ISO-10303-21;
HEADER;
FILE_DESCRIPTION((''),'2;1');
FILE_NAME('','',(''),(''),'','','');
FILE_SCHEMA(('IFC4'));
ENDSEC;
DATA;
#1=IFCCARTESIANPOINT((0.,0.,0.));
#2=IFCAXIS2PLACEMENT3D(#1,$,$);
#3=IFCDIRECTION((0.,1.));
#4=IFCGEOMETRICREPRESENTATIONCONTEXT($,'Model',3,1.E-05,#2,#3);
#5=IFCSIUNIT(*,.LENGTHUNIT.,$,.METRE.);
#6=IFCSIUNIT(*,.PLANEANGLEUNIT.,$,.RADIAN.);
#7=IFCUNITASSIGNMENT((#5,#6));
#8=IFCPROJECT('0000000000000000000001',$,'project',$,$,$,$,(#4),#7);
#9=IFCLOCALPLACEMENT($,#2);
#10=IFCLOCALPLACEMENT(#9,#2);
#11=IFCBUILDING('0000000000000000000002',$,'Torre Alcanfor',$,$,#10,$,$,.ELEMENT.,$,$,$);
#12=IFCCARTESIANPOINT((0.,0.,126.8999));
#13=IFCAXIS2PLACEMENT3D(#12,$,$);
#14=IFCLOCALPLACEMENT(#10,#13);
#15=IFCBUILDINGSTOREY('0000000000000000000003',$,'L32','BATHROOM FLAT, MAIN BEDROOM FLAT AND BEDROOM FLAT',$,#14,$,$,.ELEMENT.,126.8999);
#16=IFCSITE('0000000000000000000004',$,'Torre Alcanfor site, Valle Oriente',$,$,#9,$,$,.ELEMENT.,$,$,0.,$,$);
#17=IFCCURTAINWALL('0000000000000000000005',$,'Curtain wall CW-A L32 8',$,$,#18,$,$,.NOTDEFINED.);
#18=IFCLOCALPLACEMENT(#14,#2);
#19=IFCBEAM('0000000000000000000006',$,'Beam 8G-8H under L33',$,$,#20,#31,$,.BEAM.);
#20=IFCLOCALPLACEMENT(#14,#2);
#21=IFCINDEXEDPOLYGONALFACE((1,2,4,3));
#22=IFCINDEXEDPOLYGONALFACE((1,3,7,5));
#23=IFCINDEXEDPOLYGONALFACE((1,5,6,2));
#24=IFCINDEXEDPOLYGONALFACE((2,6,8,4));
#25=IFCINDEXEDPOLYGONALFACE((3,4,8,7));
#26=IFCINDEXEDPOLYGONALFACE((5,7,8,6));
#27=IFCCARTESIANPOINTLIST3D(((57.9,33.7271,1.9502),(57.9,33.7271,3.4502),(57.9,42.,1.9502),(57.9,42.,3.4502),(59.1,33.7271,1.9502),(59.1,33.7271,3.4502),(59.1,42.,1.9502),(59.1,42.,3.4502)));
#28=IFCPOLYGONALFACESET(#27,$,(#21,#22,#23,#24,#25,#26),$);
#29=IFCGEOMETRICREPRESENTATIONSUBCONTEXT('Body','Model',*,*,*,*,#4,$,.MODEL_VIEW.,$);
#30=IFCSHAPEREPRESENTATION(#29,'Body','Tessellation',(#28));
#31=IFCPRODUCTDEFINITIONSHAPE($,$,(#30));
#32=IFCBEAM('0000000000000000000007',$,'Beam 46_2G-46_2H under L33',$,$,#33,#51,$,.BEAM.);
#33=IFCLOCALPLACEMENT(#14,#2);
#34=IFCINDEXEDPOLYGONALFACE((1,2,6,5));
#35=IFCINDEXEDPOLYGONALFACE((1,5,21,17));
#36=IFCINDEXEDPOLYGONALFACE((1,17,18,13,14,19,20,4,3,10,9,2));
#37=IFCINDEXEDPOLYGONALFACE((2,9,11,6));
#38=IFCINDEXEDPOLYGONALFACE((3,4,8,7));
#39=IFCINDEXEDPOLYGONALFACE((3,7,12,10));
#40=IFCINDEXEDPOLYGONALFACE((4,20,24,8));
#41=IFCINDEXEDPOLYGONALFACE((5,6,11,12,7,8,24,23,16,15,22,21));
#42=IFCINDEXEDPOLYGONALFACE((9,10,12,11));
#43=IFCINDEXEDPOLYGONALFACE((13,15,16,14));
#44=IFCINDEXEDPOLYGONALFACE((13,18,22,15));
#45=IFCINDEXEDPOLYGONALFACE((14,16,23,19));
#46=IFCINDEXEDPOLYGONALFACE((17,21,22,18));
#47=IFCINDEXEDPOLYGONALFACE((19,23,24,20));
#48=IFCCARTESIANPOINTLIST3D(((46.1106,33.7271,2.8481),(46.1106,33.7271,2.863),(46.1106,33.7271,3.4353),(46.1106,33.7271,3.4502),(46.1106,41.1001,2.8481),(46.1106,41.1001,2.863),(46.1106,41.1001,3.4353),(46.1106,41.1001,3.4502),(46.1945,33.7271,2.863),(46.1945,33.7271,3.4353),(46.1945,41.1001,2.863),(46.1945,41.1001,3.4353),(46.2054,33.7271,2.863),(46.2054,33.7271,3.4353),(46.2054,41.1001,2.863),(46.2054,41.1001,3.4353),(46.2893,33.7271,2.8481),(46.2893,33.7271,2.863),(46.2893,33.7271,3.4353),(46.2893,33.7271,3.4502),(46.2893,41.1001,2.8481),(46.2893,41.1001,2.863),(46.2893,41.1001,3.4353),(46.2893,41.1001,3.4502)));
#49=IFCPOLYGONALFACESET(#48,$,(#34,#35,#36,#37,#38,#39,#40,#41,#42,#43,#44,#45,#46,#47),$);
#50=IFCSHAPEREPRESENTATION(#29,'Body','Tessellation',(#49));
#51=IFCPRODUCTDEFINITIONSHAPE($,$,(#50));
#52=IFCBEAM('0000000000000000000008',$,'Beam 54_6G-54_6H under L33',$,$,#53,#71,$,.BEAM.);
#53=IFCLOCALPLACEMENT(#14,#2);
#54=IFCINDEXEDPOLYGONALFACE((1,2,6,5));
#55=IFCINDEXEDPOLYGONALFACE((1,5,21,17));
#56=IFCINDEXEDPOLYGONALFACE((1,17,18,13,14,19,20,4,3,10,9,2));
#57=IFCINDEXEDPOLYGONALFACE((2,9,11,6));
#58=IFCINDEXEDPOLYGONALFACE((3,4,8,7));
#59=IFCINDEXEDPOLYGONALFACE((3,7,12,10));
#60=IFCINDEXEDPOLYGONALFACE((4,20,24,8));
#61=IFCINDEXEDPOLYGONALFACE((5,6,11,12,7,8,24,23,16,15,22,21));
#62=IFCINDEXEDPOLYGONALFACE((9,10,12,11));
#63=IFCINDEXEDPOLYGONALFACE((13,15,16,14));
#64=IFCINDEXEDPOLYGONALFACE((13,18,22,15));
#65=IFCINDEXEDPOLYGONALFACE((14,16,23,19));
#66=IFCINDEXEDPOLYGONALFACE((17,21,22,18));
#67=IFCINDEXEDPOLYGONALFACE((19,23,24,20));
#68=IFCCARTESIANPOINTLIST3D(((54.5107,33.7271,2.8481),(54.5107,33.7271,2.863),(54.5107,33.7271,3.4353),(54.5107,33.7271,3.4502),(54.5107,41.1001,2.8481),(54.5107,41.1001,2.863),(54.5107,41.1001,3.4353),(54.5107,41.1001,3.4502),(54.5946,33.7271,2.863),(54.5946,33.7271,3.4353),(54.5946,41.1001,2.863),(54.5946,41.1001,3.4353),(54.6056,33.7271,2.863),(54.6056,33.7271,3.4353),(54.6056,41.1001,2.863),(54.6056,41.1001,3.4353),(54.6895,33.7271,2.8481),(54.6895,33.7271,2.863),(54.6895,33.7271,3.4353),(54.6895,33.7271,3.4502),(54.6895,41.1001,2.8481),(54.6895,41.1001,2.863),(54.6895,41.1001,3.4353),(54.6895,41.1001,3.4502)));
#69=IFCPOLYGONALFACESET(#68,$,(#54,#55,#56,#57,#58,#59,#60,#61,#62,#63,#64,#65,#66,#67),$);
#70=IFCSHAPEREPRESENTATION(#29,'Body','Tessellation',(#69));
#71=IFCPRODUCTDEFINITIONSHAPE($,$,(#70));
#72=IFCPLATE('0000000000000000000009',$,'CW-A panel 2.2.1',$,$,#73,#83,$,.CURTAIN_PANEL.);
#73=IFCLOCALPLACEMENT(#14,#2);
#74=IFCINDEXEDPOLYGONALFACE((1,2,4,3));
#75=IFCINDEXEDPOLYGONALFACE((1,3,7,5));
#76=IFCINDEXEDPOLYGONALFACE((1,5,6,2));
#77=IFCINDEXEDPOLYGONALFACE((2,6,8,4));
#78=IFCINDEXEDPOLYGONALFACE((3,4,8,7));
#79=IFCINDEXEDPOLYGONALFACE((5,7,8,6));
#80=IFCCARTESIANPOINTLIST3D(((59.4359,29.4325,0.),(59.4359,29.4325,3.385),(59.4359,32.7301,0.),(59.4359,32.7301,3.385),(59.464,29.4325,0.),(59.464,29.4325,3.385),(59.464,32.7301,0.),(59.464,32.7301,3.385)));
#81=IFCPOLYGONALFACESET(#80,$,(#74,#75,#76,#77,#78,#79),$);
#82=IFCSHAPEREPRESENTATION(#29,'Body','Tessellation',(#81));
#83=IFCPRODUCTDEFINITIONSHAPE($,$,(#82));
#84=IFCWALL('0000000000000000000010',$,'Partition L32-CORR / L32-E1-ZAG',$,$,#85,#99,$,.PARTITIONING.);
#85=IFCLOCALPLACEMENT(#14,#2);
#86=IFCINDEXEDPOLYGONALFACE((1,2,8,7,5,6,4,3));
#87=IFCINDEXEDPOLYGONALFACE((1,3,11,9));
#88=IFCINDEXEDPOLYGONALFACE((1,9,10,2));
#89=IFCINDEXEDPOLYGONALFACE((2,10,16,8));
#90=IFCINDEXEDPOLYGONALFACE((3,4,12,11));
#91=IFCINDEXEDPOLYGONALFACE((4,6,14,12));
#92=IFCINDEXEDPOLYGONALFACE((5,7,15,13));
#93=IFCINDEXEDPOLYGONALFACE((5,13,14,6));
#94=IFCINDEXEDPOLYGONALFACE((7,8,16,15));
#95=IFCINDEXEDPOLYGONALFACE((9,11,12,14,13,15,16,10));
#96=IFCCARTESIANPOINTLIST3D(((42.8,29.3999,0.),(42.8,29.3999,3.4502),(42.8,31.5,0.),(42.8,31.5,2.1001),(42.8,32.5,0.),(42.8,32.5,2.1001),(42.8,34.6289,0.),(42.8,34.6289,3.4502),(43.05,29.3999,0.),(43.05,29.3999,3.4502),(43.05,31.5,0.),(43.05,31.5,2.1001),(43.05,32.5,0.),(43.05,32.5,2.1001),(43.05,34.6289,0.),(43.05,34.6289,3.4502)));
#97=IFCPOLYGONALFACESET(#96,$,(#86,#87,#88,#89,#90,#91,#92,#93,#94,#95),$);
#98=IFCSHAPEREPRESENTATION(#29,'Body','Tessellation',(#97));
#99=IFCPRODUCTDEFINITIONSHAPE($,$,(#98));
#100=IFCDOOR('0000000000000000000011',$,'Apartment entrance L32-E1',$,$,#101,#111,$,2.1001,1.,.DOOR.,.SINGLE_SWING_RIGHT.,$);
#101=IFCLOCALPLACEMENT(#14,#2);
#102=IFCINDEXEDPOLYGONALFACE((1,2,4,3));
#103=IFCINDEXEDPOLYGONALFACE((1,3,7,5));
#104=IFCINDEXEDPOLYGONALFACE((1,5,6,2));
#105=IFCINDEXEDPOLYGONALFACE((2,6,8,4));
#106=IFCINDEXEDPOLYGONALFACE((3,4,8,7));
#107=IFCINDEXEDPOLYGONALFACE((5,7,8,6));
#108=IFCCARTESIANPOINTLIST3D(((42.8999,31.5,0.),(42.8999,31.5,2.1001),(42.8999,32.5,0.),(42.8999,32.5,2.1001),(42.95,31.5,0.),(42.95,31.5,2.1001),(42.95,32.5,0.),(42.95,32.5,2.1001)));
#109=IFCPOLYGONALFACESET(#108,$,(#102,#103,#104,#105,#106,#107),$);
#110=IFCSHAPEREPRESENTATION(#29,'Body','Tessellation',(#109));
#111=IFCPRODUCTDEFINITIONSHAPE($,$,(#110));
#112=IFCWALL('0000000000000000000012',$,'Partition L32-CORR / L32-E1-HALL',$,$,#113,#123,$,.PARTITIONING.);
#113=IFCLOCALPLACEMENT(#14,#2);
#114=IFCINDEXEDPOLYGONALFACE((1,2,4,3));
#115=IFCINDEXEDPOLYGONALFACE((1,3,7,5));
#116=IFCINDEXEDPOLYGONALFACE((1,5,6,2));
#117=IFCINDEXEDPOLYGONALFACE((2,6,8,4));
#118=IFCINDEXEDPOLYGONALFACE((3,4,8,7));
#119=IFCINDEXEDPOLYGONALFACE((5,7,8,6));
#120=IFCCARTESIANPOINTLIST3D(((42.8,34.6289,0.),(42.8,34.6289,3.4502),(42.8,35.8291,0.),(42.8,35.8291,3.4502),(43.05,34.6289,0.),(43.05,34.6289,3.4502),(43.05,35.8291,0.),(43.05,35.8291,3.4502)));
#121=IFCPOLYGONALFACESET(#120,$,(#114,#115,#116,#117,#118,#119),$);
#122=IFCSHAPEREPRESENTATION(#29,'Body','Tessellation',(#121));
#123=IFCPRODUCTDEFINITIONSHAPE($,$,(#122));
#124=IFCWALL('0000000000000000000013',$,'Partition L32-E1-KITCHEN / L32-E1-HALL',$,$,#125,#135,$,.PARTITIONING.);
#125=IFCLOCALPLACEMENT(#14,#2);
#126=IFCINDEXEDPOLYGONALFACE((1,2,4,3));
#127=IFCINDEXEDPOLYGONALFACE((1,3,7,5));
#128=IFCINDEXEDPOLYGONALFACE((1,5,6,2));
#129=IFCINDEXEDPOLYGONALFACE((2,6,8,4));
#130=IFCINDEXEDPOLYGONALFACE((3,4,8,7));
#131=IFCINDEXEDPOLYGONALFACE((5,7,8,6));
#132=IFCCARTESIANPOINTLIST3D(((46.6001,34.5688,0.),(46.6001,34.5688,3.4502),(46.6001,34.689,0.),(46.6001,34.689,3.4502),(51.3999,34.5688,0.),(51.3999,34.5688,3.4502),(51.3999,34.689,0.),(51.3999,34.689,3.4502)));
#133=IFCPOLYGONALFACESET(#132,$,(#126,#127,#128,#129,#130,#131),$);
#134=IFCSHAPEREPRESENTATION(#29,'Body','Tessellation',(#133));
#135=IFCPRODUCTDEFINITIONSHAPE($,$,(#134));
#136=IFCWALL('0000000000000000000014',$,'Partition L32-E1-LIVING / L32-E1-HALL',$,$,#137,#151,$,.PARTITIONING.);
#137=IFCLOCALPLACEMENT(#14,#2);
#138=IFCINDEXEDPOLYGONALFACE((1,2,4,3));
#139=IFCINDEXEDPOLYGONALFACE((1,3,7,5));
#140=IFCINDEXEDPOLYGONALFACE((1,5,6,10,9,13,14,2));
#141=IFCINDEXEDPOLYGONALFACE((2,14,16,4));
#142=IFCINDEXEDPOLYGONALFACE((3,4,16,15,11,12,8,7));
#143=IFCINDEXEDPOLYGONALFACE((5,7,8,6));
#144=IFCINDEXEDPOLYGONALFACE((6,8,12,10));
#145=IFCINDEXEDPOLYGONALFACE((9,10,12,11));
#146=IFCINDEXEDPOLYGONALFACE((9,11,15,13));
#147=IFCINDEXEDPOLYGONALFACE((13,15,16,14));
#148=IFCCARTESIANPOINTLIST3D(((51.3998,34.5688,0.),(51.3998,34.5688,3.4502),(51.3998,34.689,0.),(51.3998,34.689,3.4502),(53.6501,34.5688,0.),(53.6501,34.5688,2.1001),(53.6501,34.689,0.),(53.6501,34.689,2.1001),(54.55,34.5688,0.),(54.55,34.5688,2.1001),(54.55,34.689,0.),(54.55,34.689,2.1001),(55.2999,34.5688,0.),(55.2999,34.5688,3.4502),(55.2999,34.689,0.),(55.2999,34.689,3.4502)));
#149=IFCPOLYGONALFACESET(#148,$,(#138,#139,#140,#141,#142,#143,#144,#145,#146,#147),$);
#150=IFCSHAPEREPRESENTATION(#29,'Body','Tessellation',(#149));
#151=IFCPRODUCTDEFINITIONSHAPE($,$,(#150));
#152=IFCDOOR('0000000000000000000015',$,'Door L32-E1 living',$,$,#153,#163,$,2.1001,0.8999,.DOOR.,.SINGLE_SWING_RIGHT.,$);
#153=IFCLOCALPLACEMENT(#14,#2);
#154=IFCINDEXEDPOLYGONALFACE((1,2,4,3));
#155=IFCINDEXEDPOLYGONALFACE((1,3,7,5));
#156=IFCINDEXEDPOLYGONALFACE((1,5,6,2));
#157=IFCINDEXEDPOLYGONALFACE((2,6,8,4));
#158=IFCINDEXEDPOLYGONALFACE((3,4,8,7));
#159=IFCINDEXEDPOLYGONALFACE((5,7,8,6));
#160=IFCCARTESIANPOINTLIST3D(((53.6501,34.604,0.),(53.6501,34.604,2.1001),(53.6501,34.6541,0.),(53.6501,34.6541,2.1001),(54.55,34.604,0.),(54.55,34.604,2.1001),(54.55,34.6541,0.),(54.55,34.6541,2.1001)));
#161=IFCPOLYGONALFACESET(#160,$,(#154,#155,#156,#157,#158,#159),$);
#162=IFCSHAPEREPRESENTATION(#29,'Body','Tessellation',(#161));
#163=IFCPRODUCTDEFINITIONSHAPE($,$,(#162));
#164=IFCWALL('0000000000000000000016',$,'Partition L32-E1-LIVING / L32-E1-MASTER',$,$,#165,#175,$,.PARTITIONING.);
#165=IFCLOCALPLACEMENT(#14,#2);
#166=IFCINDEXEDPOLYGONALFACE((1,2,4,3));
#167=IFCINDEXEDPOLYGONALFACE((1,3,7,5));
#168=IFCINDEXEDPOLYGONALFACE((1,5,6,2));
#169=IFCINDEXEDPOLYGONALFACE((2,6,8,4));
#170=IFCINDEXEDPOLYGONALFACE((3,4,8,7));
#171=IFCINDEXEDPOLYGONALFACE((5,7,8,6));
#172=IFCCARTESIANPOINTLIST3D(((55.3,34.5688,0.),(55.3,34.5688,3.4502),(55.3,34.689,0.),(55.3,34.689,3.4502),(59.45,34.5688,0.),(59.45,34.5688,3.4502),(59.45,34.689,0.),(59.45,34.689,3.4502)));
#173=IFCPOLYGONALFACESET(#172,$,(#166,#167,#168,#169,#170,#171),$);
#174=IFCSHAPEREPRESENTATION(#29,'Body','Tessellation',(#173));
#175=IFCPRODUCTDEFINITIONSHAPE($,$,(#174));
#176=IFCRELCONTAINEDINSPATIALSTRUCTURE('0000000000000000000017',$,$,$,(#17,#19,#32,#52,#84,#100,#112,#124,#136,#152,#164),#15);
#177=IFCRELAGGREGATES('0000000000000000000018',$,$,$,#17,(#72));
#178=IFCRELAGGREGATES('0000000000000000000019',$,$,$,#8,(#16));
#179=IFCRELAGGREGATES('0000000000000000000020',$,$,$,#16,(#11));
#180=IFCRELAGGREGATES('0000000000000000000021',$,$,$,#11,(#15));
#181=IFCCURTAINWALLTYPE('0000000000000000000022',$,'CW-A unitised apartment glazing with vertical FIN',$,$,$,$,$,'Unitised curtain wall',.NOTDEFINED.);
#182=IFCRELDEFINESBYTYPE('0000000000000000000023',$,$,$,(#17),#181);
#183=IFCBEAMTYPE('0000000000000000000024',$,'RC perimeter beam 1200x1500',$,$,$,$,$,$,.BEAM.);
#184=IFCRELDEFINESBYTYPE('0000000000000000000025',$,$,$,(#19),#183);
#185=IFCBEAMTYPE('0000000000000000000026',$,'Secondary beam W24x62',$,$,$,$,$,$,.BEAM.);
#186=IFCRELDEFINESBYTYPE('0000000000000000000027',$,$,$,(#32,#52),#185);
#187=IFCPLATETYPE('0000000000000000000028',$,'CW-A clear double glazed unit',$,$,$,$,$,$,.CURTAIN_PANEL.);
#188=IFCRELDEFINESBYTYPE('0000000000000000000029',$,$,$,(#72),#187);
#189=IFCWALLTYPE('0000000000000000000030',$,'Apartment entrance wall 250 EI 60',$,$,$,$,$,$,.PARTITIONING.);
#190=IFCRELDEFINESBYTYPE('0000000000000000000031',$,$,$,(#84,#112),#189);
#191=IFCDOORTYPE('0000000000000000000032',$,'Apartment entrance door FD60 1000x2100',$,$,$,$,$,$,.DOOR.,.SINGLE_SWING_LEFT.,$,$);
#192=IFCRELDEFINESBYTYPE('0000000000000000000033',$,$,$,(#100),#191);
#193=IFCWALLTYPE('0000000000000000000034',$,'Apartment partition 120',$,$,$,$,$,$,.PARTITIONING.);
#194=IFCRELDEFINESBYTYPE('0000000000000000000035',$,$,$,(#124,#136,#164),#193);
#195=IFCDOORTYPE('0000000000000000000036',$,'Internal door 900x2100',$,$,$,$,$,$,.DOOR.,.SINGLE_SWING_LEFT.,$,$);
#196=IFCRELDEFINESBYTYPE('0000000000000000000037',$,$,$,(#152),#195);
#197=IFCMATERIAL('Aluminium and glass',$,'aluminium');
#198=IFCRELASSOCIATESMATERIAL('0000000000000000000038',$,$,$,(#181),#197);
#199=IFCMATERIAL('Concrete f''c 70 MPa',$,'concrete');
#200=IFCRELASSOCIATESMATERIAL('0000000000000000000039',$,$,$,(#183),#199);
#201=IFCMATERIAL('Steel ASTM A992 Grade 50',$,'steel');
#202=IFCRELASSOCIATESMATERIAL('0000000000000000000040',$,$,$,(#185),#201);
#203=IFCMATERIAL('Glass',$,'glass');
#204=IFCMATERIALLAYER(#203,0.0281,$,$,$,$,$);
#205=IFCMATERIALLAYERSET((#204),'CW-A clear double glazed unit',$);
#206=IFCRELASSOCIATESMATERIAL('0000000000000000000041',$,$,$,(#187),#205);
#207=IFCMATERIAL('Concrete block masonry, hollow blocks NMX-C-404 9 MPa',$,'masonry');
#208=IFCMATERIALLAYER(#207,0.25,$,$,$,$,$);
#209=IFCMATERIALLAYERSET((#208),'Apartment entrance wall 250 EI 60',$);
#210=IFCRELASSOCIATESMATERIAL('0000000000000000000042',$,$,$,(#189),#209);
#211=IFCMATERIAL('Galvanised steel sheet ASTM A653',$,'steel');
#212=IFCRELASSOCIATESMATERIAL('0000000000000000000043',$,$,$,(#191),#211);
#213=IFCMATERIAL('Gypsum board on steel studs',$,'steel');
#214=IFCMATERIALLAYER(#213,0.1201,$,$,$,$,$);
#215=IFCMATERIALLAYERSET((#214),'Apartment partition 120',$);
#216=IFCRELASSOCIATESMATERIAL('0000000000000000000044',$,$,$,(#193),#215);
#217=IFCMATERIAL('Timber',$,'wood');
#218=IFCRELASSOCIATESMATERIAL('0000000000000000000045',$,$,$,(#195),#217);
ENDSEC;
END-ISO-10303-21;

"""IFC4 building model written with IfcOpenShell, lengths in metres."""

from ifc_helpers import new_model, si_unit, direction, frame, frame_2d, origin, origin_2d, place, context, subcontext, project, spatial, rectangle, i_section, extrude, material, layer, layer_set, material_profile, profile_set, type_object, element, fill, aggregate, save


model = new_model("IFC4")

# Units and contexts
model_context = context("Model", 3, precision=1e-05, world=origin(), true_north=direction((0.0, 1.0)))
body_context = subcontext(model_context, "Body", "Model", "MODEL_VIEW")
ifc_project = project(units=[si_unit("LENGTHUNIT", "METRE"), si_unit("PLANEANGLEUNIT", "RADIAN")], contexts=[model_context])

# Site, building, storey
site_placement = place(None, origin())
site = spatial("IfcSite", under=ifc_project, at=site_placement, Name="Torre Alcanfor site, Valle Oriente", CompositionType="ELEMENT", RefElevation=0.0)
building_placement = place(site_placement, origin())
building = spatial("IfcBuilding", under=site, at=building_placement, Name="Torre Alcanfor", CompositionType="ELEMENT")
storey_placement = place(building_placement, frame((0.0, 0.0, 126.8999)))
storey = spatial("IfcBuildingStorey", under=building, at=storey_placement, Name="L32", Description="BATHROOM FLAT, MAIN BEDROOM FLAT AND BEDROOM FLAT", CompositionType="ELEMENT", Elevation=126.8999)

# Curtain wall
ifc_material_1 = material(Name="Aluminium and glass", Category="aluminium")
curtain_wall_type = type_object("IfcCurtainWallType", Name="CW-A unitised apartment glazing with vertical FIN", ElementType="Unitised curtain wall", PredefinedType="NOTDEFINED", material=ifc_material_1)
curtain_wall_placement = place(storey_placement, origin())
curtain_wall = element("IfcCurtainWall", 1, at=curtain_wall_placement, inside=storey, type_object=curtain_wall_type, Name="Curtain wall CW-A L32 8", PredefinedType="NOTDEFINED")

# Beams
ifc_material_2 = material(Name="Concrete f'c 70 MPa", Category="concrete")
ifc_material_profile_1 = material_profile(ifc_material_2, rectangle(XDim=1.2, YDim=1.5, at=origin_2d()), Name="1200x1500")
ifc_profile_set_1 = profile_set([ifc_material_profile_1], Name="Concrete f'c 70 MPa")
beam_type_1 = type_object("IfcBeamType", Name="RC perimeter beam 1200x1500", PredefinedType="BEAM", material=ifc_profile_set_1)
beam_1_placement = place(storey_placement, frame((58.5, 33.7271, 2.7002), z_axis=(0.0, 1.0, 0.0), x_axis=(-1.0, 0.0, 0.0)))
element("IfcBeam", 2, at=beam_1_placement, inside=storey, type_object=beam_type_1, Name="Beam 8G-8H under L33", PredefinedType="BEAM", context=body_context, shape_type="SweptSolid", body=[
    extrude(rectangle(XDim=1.2, YDim=1.5, at=origin_2d()), origin(), (0.0, 0.0, 1.0), 8.2729),
])
ifc_material_3 = material(Name="Steel ASTM A992 Grade 50", Category="steel")
ifc_material_profile_2 = material_profile(ifc_material_3, i_section(OverallWidth=0.1787, OverallDepth=0.6021, WebThickness=0.011, FlangeThickness=0.0149, at=origin_2d()), Name="W24x62")
ifc_profile_set_2 = profile_set([ifc_material_profile_2], Name="Steel ASTM A992 Grade 50")
beam_type_2 = type_object("IfcBeamType", Name="Secondary beam W24x62", PredefinedType="BEAM", material=ifc_profile_set_2)
for number, where, z_axis, x_axis, name in (
    (3, (46.2, 33.7271, 3.1492), (0.0, 1.0, 0.0), (-1.0, 0.0, 0.0), "Beam 46_2G-46_2H under L33"),
    (4, (54.6001, 33.7271, 3.1492), (0.0, 1.0, 0.0), (-1.0, 0.0, 0.0), "Beam 54_6G-54_6H under L33"),
):
    element("IfcBeam", number, at=place(storey_placement, frame(where, z_axis=z_axis, x_axis=x_axis)), inside=storey, type_object=beam_type_2, Name=name, PredefinedType="BEAM", context=body_context, shape_type="SweptSolid", body=[
        extrude(i_section(OverallWidth=0.1787, OverallDepth=0.6021, WebThickness=0.011, FlangeThickness=0.0149, at=origin_2d()), origin(), (0.0, 0.0, 1.0), 7.373),
    ])

# Plate
ifc_material_4 = material(Name="Glass", Category="glass")
ifc_layer_1 = layer(ifc_material_4, 0.0281)
ifc_layer_set_1 = layer_set([ifc_layer_1], Name="CW-A clear double glazed unit")
plate_type = type_object("IfcPlateType", Name="CW-A clear double glazed unit", PredefinedType="CURTAIN_PANEL", material=ifc_layer_set_1)
plate_placement = place(storey_placement, frame((59.45, 31.0813, 0.0), z_axis=(0.0, 0.0, 1.0), x_axis=(0.0, 1.0, 0.0)))
plate = element("IfcPlate", 5, at=plate_placement, type_object=plate_type, Name="CW-A panel 2.2.1", PredefinedType="CURTAIN_PANEL", context=body_context, shape_type="SweptSolid", body=[
    extrude(rectangle(XDim=3.2976, YDim=0.0281, at=origin_2d()), origin(), (0.0, 0.0, 1.0), 3.385),
])
aggregate(curtain_wall, [plate])

# Wall, opening, door
ifc_material_5 = material(Name="Concrete block masonry, hollow blocks NMX-C-404 9 MPa", Category="masonry")
ifc_layer_2 = layer(ifc_material_5, 0.25)
ifc_layer_set_2 = layer_set([ifc_layer_2], Name="Apartment entrance wall 250 EI 60")
wall_type_1 = type_object("IfcWallType", Name="Apartment entrance wall 250 EI 60", PredefinedType="PARTITIONING", material=ifc_layer_set_2)
wall_1_placement = place(storey_placement, frame((42.925, 34.6289, 0.0), z_axis=(0.0, 0.0, 1.0), x_axis=(0.0, -1.0, 0.0)))
wall_1 = element("IfcWall", 6, at=wall_1_placement, inside=storey, type_object=wall_type_1, Name="Partition L32-CORR / L32-E1-ZAG", PredefinedType="PARTITIONING", context=body_context, shape_type="SweptSolid", body=[
    extrude(rectangle(XDim=5.229, YDim=0.25, at=frame_2d((2.6145, 0.0))), origin(), (0.0, 0.0, 1.0), 3.4502),
])
opening_1_placement = place(wall_1_placement, frame((2.1289, 0.0, 0.0)))
opening_1 = element("IfcOpeningElement", 7, at=opening_1_placement, cuts=wall_1, PredefinedType="OPENING", context=body_context, shape_type="SweptSolid", body=[
    extrude(rectangle(XDim=1.0, YDim=2.1001, at=frame_2d((0.5, 1.05))), frame((0.0, 0.135, 0.0), z_axis=(0.0, -1.0, 0.0), x_axis=(1.0, 0.0, 0.0)), (0.0, 0.0, 1.0), 0.27),
])
ifc_material_6 = material(Name="Galvanised steel sheet ASTM A653", Category="steel")
door_type_1 = type_object("IfcDoorType", Name="Apartment entrance door FD60 1000x2100", OperationType="SINGLE_SWING_LEFT", PredefinedType="DOOR", material=ifc_material_6)
door_1_placement = place(opening_1_placement, origin())
door_1 = element("IfcDoor", 8, at=door_1_placement, inside=storey, type_object=door_type_1, Name="Apartment entrance L32-E1", OperationType="SINGLE_SWING_RIGHT", OverallHeight=2.1001, OverallWidth=1.0, PredefinedType="DOOR", context=body_context, shape_type="SweptSolid", body=[
    extrude(rectangle(XDim=1.0, YDim=2.1001, at=frame_2d((0.5, 1.05))), frame((0.0, 0.0249, 0.0), z_axis=(0.0, -1.0, 0.0), x_axis=(1.0, 0.0, 0.0)), (0.0, 0.0, 1.0), 0.05),
])
fill(opening_1, door_1)

# Walls
wall_2_placement = place(storey_placement, frame((42.925, 35.8291, 0.0), z_axis=(0.0, 0.0, 1.0), x_axis=(0.0, -1.0, 0.0)))
element("IfcWall", 9, at=wall_2_placement, inside=storey, type_object=wall_type_1, Name="Partition L32-CORR / L32-E1-HALL", PredefinedType="PARTITIONING", context=body_context, shape_type="SweptSolid", body=[
    extrude(rectangle(XDim=1.2002, YDim=0.25, at=frame_2d((0.6001, 0.0))), origin(), (0.0, 0.0, 1.0), 3.4502),
])
ifc_material_7 = material(Name="Gypsum board on steel studs", Category="steel")
ifc_layer_3 = layer(ifc_material_7, 0.1201)
ifc_layer_set_3 = layer_set([ifc_layer_3], Name="Apartment partition 120")
wall_type_2 = type_object("IfcWallType", Name="Apartment partition 120", PredefinedType="PARTITIONING", material=ifc_layer_set_3)
wall_3_placement = place(storey_placement, frame((51.3999, 34.6289, 0.0), z_axis=(0.0, 0.0, 1.0), x_axis=(-1.0, 0.0, 0.0)))
element("IfcWall", 10, at=wall_3_placement, inside=storey, type_object=wall_type_2, Name="Partition L32-E1-KITCHEN / L32-E1-HALL", PredefinedType="PARTITIONING", context=body_context, shape_type="SweptSolid", body=[
    extrude(rectangle(XDim=4.7998, YDim=0.1201, at=frame_2d((2.3999, 0.0))), origin(), (0.0, 0.0, 1.0), 3.4502),
])

# Wall, opening, door
wall_4_placement = place(storey_placement, frame((55.3, 34.6289, 0.0), z_axis=(0.0, 0.0, 1.0), x_axis=(-1.0, 0.0, 0.0)))
wall_4 = element("IfcWall", 11, at=wall_4_placement, inside=storey, type_object=wall_type_2, Name="Partition L32-E1-LIVING / L32-E1-HALL", PredefinedType="PARTITIONING", context=body_context, shape_type="SweptSolid", body=[
    extrude(rectangle(XDim=3.9001, YDim=0.1201, at=frame_2d((1.9502, 0.0))), origin(), (0.0, 0.0, 1.0), 3.4502),
])
opening_2_placement = place(wall_4_placement, frame((0.75, 0.0, 0.0)))
opening_2 = element("IfcOpeningElement", 12, at=opening_2_placement, cuts=wall_4, PredefinedType="OPENING", context=body_context, shape_type="SweptSolid", body=[
    extrude(rectangle(XDim=0.8999, YDim=2.1001, at=frame_2d((0.45, 1.05))), frame((0.0, 0.0701, 0.0), z_axis=(0.0, -1.0, 0.0), x_axis=(1.0, 0.0, 0.0)), (0.0, 0.0, 1.0), 0.1401),
])
ifc_material_8 = material(Name="Timber", Category="wood")
door_type_2 = type_object("IfcDoorType", Name="Internal door 900x2100", OperationType="SINGLE_SWING_LEFT", PredefinedType="DOOR", material=ifc_material_8)
door_2_placement = place(opening_2_placement, origin())
door_2 = element("IfcDoor", 13, at=door_2_placement, inside=storey, type_object=door_type_2, Name="Door L32-E1 living", OperationType="SINGLE_SWING_RIGHT", OverallHeight=2.1001, OverallWidth=0.8999, PredefinedType="DOOR", context=body_context, shape_type="SweptSolid", body=[
    extrude(rectangle(XDim=0.8999, YDim=2.1001, at=frame_2d((0.45, 1.05))), frame((0.0, 0.0249, 0.0), z_axis=(0.0, -1.0, 0.0), x_axis=(1.0, 0.0, 0.0)), (0.0, 0.0, 1.0), 0.05),
])
fill(opening_2, door_2)

# Wall
wall_5_placement = place(storey_placement, frame((59.45, 34.6289, 0.0), z_axis=(0.0, 0.0, 1.0), x_axis=(-1.0, 0.0, 0.0)))
element("IfcWall", 14, at=wall_5_placement, inside=storey, type_object=wall_type_2, Name="Partition L32-E1-LIVING / L32-E1-MASTER", PredefinedType="PARTITIONING", context=body_context, shape_type="SweptSolid", body=[
    extrude(rectangle(XDim=4.1499, YDim=0.1201, at=frame_2d((2.075, 0.0))), origin(), (0.0, 0.0, 1.0), 3.4502),
])

save(model, "model.ifc")
